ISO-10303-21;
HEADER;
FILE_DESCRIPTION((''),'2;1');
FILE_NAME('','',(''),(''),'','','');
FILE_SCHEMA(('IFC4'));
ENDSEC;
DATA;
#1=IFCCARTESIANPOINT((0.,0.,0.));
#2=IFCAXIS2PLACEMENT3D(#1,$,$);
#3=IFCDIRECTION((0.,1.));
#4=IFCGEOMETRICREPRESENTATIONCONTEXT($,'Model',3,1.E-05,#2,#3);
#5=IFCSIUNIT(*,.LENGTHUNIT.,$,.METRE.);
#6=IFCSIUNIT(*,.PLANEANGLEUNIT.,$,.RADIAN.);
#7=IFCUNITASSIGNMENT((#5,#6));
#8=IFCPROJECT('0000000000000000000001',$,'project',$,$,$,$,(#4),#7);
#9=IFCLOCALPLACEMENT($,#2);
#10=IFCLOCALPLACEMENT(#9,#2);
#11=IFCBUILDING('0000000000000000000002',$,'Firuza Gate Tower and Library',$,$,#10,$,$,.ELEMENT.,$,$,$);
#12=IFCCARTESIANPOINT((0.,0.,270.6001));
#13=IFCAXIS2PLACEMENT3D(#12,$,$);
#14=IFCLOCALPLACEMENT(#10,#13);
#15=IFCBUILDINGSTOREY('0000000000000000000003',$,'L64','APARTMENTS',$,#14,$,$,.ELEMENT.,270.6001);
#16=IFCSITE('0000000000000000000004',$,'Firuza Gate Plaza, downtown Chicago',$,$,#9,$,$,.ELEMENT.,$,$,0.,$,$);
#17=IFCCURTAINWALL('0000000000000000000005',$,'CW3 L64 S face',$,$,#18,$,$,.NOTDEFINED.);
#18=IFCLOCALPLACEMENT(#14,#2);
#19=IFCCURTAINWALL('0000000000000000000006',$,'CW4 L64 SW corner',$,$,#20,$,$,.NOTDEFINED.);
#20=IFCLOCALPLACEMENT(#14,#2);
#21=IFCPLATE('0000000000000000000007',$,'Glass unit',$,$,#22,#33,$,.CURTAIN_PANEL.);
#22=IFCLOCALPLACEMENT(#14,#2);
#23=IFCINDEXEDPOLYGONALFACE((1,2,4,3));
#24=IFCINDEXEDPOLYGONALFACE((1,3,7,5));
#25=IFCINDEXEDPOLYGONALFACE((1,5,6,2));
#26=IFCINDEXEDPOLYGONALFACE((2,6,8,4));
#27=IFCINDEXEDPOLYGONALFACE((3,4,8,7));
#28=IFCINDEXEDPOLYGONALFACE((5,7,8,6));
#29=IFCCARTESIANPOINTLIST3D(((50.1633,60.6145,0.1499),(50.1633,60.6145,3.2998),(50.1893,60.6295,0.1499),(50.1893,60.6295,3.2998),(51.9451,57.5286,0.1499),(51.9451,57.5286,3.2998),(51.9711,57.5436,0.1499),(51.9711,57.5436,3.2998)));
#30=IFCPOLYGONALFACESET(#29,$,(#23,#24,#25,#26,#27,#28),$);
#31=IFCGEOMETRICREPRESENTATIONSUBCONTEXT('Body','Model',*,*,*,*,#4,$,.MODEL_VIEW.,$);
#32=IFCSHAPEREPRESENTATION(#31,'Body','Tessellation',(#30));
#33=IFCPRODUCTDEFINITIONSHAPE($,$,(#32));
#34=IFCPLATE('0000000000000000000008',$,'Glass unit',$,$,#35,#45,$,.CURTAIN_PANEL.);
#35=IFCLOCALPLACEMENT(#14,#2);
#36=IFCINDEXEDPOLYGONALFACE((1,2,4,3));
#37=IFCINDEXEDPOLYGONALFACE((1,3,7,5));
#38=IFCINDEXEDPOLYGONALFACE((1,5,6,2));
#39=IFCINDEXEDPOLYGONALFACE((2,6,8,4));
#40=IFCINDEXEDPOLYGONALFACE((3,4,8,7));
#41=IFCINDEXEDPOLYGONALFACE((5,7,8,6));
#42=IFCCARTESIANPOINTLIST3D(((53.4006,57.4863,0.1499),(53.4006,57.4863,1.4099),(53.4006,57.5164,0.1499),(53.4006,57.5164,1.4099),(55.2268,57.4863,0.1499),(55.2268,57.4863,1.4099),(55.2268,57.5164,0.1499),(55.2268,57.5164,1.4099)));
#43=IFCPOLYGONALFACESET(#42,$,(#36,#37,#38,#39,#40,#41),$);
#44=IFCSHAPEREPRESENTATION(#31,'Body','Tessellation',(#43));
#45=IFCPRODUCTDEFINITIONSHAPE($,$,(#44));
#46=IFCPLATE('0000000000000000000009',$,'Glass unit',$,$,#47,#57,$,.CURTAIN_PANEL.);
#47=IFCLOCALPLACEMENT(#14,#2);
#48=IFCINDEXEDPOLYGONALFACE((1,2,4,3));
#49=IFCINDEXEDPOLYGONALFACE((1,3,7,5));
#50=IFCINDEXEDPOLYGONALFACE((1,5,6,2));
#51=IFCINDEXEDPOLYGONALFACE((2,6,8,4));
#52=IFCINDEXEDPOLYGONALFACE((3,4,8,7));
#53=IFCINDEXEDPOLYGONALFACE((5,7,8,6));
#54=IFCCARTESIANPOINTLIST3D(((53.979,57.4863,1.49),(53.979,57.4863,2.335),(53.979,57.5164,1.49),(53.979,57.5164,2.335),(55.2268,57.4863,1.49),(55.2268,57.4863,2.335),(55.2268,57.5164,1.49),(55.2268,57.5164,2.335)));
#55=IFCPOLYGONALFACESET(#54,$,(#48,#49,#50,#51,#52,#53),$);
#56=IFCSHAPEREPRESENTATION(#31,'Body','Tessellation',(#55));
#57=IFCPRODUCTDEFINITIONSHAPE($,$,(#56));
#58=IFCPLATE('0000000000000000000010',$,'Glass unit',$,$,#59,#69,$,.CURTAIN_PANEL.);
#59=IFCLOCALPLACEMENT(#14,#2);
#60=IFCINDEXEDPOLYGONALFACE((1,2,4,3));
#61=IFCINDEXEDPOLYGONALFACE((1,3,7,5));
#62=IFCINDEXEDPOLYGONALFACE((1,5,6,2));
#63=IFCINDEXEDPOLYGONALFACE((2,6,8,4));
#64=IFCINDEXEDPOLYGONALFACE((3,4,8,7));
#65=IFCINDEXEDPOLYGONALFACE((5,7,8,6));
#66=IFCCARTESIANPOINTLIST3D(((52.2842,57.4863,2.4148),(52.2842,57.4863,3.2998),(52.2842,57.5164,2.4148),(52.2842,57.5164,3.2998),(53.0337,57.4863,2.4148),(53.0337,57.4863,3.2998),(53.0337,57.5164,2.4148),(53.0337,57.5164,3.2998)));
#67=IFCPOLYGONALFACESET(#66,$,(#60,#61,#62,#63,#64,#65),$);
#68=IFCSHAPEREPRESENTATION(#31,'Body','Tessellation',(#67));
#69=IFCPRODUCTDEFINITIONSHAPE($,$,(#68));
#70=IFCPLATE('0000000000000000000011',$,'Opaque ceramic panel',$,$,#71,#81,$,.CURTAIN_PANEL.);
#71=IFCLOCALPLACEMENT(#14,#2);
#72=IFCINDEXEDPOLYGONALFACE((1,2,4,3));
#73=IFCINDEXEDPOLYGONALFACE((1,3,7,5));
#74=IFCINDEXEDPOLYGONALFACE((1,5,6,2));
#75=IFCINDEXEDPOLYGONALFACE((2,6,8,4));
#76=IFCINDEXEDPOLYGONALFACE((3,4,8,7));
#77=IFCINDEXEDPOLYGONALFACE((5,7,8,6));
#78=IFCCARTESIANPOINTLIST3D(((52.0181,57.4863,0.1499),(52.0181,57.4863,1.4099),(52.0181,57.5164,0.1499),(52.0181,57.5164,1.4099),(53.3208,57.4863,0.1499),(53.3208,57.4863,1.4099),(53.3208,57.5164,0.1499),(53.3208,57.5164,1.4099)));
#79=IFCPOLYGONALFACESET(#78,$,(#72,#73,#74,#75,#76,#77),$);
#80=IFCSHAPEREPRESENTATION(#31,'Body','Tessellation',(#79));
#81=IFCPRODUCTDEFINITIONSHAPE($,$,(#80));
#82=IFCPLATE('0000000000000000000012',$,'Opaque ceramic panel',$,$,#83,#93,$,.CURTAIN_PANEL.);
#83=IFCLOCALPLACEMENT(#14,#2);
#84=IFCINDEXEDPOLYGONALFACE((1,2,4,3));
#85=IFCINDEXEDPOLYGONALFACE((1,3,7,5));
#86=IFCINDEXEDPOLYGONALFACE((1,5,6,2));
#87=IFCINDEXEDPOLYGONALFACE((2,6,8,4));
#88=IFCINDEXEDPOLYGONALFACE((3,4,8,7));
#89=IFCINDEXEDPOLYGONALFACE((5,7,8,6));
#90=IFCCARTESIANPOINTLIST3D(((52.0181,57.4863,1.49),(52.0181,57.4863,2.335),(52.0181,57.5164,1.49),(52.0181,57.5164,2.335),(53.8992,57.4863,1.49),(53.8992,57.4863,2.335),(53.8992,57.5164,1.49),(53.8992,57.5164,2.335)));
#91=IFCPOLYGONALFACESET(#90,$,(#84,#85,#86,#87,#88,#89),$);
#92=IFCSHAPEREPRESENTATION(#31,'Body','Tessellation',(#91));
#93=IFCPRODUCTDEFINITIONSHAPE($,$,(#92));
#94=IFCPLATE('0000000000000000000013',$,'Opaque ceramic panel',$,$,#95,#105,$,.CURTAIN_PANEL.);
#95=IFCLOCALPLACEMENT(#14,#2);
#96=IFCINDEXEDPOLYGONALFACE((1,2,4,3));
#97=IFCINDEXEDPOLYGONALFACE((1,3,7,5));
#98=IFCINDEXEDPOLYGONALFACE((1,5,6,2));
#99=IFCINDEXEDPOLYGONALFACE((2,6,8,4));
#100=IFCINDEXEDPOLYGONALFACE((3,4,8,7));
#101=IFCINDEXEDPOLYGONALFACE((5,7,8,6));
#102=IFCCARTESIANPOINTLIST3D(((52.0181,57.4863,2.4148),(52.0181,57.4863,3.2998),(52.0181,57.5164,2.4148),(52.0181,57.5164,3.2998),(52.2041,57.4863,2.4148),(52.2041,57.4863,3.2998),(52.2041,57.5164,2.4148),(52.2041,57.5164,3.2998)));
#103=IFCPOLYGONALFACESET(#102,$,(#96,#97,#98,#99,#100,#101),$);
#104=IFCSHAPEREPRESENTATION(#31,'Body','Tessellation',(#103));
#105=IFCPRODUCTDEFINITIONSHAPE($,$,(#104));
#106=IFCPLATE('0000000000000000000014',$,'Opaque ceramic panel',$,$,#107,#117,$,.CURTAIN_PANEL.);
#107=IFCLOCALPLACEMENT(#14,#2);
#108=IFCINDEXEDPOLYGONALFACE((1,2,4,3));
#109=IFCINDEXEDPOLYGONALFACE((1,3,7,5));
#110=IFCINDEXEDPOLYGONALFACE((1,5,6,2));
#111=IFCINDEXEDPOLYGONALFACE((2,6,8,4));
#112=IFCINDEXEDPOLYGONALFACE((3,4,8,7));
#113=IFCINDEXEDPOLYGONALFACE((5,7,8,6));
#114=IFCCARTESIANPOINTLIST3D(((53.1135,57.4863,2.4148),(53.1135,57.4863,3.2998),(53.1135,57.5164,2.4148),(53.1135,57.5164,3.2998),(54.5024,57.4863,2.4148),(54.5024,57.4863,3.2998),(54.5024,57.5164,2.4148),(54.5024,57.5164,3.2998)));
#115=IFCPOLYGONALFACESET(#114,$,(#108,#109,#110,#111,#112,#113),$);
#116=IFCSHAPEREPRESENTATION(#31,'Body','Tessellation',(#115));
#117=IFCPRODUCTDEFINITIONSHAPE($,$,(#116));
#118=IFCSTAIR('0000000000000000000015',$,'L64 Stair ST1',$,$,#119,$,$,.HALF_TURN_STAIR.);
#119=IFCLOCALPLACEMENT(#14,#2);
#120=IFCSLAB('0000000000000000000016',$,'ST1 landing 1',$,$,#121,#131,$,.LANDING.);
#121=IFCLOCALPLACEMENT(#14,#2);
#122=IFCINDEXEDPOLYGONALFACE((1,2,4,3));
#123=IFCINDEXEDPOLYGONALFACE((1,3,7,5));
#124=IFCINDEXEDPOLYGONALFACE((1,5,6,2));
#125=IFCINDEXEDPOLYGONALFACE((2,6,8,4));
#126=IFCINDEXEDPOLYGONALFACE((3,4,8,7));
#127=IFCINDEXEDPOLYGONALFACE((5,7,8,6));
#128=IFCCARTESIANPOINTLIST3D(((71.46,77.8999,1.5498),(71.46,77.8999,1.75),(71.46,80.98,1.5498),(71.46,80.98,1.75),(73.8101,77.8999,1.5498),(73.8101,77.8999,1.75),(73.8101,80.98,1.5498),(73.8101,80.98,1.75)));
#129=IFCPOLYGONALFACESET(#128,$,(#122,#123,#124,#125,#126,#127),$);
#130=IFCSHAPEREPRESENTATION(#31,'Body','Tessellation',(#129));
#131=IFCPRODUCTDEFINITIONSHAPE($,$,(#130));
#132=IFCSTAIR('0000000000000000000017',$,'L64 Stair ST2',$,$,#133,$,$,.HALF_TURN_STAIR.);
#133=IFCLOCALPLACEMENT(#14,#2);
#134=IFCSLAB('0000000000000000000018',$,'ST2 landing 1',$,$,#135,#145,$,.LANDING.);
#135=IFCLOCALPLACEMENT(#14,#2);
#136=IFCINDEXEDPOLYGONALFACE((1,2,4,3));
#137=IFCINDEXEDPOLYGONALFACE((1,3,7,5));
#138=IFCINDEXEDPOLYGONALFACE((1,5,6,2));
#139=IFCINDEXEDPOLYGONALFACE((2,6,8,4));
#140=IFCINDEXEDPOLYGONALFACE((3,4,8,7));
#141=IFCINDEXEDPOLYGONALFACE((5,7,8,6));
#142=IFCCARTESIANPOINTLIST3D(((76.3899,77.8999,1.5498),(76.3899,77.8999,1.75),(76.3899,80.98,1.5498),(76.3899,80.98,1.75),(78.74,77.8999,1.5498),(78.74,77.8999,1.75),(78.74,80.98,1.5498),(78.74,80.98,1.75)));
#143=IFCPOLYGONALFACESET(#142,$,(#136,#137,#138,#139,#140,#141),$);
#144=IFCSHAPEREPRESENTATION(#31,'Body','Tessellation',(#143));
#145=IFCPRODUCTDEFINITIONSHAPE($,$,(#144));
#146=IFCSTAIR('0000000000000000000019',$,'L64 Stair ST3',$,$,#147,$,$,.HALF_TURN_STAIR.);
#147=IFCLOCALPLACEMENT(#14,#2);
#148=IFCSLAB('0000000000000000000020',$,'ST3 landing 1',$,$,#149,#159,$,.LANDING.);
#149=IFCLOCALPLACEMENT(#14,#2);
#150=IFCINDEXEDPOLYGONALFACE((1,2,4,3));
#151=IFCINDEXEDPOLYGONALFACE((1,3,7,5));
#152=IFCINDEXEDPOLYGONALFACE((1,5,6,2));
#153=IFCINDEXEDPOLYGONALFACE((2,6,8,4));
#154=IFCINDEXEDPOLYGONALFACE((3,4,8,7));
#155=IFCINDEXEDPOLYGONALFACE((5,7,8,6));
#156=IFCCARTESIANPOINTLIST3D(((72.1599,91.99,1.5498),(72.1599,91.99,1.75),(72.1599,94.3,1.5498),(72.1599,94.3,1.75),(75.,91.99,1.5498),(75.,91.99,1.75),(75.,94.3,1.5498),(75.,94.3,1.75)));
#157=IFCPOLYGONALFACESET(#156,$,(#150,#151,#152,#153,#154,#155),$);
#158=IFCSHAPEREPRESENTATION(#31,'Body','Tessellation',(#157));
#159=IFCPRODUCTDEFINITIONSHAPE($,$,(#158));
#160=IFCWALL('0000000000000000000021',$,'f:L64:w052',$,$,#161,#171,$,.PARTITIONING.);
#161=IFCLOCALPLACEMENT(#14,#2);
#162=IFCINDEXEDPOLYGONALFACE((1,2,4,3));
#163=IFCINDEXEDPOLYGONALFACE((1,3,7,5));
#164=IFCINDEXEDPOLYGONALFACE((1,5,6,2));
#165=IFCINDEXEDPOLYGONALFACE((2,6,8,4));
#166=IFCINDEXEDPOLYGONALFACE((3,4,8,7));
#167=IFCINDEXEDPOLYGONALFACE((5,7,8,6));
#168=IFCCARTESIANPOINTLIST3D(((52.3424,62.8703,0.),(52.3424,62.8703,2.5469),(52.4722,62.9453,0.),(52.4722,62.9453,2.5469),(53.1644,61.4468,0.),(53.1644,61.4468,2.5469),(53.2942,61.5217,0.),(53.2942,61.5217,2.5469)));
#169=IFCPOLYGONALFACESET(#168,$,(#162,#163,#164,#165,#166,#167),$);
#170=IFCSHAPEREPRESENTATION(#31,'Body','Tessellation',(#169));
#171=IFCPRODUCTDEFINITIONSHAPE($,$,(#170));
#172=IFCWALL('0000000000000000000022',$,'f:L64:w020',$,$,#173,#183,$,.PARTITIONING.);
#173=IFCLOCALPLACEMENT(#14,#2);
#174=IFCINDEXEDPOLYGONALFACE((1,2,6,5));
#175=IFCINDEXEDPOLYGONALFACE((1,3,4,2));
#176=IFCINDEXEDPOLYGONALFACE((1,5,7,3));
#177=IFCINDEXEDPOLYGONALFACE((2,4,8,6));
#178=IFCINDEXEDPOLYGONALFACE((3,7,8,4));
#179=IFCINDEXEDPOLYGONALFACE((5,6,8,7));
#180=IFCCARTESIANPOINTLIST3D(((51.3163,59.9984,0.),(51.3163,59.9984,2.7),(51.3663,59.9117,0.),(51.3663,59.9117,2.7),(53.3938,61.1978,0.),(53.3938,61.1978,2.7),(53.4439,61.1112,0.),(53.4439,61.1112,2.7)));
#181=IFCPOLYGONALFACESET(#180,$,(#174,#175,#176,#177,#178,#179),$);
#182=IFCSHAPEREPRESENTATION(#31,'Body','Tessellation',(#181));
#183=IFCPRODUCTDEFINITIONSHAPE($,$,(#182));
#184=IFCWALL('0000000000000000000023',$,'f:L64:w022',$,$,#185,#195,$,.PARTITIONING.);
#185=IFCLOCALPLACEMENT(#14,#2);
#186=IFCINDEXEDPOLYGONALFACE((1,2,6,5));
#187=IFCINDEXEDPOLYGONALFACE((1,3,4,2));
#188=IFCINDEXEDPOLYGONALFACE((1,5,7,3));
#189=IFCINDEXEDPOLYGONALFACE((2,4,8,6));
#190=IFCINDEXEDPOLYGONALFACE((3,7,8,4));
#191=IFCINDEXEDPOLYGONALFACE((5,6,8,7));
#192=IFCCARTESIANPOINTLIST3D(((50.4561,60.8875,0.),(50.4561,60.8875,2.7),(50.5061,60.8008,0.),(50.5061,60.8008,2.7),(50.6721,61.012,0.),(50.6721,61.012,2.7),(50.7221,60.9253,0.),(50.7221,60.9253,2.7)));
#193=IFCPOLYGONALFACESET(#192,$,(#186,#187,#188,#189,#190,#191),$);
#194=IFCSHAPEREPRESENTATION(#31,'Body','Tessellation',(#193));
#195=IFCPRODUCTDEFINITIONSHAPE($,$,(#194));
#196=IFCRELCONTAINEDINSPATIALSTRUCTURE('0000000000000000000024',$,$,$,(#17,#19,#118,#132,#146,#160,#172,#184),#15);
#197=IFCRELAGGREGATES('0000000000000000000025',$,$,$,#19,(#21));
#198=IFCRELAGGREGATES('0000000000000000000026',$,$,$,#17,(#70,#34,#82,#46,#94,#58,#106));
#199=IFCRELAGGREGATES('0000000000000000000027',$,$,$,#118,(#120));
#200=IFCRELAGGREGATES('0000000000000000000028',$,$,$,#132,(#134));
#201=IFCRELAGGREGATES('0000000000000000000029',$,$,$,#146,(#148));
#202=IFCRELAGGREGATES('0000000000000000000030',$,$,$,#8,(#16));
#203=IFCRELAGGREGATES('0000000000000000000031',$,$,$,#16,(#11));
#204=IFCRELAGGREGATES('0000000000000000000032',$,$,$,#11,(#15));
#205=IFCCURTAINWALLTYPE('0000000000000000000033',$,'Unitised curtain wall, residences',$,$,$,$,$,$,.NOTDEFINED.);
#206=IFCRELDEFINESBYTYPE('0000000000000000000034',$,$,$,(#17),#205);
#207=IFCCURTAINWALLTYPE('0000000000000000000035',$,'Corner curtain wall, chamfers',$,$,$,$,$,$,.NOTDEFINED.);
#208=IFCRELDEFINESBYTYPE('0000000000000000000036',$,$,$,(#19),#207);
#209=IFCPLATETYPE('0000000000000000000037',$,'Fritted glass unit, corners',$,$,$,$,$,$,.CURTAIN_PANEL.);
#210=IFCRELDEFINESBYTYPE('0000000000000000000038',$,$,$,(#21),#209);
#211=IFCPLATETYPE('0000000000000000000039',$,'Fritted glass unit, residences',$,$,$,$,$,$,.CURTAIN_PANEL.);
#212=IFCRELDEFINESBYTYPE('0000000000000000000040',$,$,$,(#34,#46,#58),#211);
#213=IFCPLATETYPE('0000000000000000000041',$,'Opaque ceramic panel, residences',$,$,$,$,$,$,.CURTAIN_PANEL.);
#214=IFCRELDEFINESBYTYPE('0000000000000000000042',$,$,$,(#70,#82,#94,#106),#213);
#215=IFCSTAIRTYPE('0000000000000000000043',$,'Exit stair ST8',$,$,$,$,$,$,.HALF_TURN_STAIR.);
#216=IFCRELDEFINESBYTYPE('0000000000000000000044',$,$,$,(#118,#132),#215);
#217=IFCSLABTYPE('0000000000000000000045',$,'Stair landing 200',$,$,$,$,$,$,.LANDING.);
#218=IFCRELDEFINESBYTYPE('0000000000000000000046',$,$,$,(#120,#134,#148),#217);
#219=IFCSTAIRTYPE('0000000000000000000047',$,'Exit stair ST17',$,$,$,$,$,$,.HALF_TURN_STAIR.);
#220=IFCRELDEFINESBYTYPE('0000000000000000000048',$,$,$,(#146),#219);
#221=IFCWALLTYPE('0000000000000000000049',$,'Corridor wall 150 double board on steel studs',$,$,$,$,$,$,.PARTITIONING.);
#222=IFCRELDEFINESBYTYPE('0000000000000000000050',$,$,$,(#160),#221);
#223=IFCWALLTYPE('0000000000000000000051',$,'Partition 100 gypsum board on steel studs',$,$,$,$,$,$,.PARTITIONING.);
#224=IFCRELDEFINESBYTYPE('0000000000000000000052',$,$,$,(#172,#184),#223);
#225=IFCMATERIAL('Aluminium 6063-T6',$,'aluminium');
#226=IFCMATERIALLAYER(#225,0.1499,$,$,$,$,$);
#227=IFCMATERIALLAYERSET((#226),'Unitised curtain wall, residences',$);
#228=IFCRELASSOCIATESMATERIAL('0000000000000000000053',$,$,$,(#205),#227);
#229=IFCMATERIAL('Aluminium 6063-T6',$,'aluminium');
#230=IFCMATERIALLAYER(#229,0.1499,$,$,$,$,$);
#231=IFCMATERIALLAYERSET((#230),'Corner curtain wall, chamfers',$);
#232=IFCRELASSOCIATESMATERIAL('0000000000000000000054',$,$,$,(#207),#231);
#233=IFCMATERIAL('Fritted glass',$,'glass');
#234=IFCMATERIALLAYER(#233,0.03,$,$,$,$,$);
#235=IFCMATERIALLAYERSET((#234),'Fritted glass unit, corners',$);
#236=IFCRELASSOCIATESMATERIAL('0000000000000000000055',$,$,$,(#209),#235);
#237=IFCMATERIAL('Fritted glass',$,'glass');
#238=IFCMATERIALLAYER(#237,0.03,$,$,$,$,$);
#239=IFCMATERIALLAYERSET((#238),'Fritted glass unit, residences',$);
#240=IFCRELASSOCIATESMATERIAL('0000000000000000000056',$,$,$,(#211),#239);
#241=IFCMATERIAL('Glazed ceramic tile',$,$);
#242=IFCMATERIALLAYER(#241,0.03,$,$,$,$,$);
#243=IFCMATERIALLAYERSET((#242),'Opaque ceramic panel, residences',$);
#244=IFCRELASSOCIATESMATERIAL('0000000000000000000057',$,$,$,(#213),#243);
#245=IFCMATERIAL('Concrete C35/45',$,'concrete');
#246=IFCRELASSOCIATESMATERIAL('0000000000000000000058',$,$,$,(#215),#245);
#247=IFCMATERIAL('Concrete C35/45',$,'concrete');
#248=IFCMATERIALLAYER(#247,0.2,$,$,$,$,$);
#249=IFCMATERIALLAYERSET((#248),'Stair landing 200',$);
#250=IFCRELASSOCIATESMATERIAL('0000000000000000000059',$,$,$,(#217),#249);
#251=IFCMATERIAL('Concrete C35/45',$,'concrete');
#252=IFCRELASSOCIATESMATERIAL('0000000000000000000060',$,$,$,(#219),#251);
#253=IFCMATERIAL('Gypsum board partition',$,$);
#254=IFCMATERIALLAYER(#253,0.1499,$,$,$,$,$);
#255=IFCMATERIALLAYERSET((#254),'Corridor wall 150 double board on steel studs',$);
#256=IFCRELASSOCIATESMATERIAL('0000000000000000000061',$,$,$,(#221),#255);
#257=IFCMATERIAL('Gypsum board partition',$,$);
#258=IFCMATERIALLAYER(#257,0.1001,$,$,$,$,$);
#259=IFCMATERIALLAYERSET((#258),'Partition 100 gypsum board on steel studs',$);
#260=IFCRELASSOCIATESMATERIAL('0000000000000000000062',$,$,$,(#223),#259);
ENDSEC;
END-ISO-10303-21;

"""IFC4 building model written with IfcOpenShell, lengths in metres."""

from ifc_helpers import new_model, si_unit, direction, frame, frame_2d, origin, place, context, subcontext, project, spatial, polyline, rectangle, outline, extrude, material, layer, layer_set, type_object, element, aggregate, save


model = new_model("IFC4")

# Units and contexts
model_context = context("Model", 3, precision=1e-05, world=origin(), true_north=direction((0.0, 1.0)))
body_context = subcontext(model_context, "Body", "Model", "MODEL_VIEW")
ifc_project = project(units=[si_unit("LENGTHUNIT", "METRE"), si_unit("PLANEANGLEUNIT", "RADIAN")], contexts=[model_context])

# Site, building, storey
site_placement = place(None, origin())
site = spatial("IfcSite", under=ifc_project, at=site_placement, Name="Firuza Gate Plaza, downtown Chicago", CompositionType="ELEMENT", RefElevation=0.0)
building_placement = place(site_placement, origin())
building = spatial("IfcBuilding", under=site, at=building_placement, Name="Firuza Gate Tower and Library", CompositionType="ELEMENT")
storey_placement = place(building_placement, frame((0.0, 0.0, 270.6001)))
storey = spatial("IfcBuildingStorey", under=building, at=storey_placement, Name="L64", Description="APARTMENTS", CompositionType="ELEMENT", Elevation=270.6001)

# Curtain walls
ifc_material_1 = material(Name="Aluminium 6063-T6", Category="aluminium")
ifc_layer_1 = layer(ifc_material_1, 0.1499)
ifc_layer_set_1 = layer_set([ifc_layer_1], Name="Unitised curtain wall, residences")
curtain_wall_type_1 = type_object("IfcCurtainWallType", Name="Unitised curtain wall, residences", PredefinedType="NOTDEFINED", material=ifc_layer_set_1)
placement_1 = place(storey_placement, origin())
curtain_wall_1 = element("IfcCurtainWall", 1, at=placement_1, inside=storey, type_object=curtain_wall_type_1, Name="CW3 L64 S face", PredefinedType="NOTDEFINED")
ifc_material_2 = material(Name="Aluminium 6063-T6", Category="aluminium")
ifc_layer_2 = layer(ifc_material_2, 0.1499)
ifc_layer_set_2 = layer_set([ifc_layer_2], Name="Corner curtain wall, chamfers")
curtain_wall_type_2 = type_object("IfcCurtainWallType", Name="Corner curtain wall, chamfers", PredefinedType="NOTDEFINED", material=ifc_layer_set_2)
curtain_wall_2 = element("IfcCurtainWall", 2, at=placement_1, inside=storey, type_object=curtain_wall_type_2, Name="CW4 L64 SW corner", PredefinedType="NOTDEFINED")

# Plates
ifc_material_3 = material(Name="Fritted glass", Category="glass")
ifc_layer_3 = layer(ifc_material_3, 0.03)
ifc_layer_set_3 = layer_set([ifc_layer_3], Name="Fritted glass unit, corners")
plate_type_1 = type_object("IfcPlateType", Name="Fritted glass unit, corners", PredefinedType="CURTAIN_PANEL", material=ifc_layer_set_3)
plate_1_placement = place(storey_placement, frame((50.1633, 60.6145, 0.1499), z_axis=(-0.866017, -0.500015, 0.0), x_axis=(0.500015, -0.866017, 0.0)))
plate_1 = element("IfcPlate", 3, at=plate_1_placement, type_object=plate_type_1, Name="Glass unit", PredefinedType="CURTAIN_PANEL", context=body_context, shape_type="SweptSolid", body=[
    extrude(outline(polyline([(0.0, 0.0), (3.5634, 0.0), (3.5634, 3.1499), (0.0, 3.1499), (0.0, 0.0)])), origin(), (0.0, 0.0, -1.0), 0.03),
])
aggregate(curtain_wall_2, [plate_1])
ifc_material_4 = material(Name="Fritted glass", Category="glass")
ifc_layer_4 = layer(ifc_material_4, 0.03)
ifc_layer_set_4 = layer_set([ifc_layer_4], Name="Fritted glass unit, residences")
plate_type_2 = type_object("IfcPlateType", Name="Fritted glass unit, residences", PredefinedType="CURTAIN_PANEL", material=ifc_layer_set_4)
plate_2_placement = place(storey_placement, frame((53.4006, 57.4863, 0.1499), z_axis=(0.0, -1.0, 0.0), x_axis=(1.0, 0.0, 0.0)))
plate_2 = element("IfcPlate", 4, at=plate_2_placement, type_object=plate_type_2, Name="Glass unit", PredefinedType="CURTAIN_PANEL", context=body_context, shape_type="SweptSolid", body=[
    extrude(outline(polyline([(0.0, 0.0), (1.8262, 0.0), (1.8262, 1.26), (0.0, 1.26), (0.0, 0.0)])), origin(), (0.0, 0.0, -1.0), 0.03),
])
plate_3_placement = place(storey_placement, frame((53.979, 57.4863, 1.49), z_axis=(0.0, -1.0, 0.0), x_axis=(1.0, 0.0, 0.0)))
plate_3 = element("IfcPlate", 5, at=plate_3_placement, type_object=plate_type_2, Name="Glass unit", PredefinedType="CURTAIN_PANEL", context=body_context, shape_type="SweptSolid", body=[
    extrude(outline(polyline([(0.0, 0.0), (1.2478, 0.0), (1.2478, 0.845), (0.0, 0.845), (0.0, 0.0)])), origin(), (0.0, 0.0, -1.0), 0.03),
])
plate_4_placement = place(storey_placement, frame((52.2842, 57.4863, 2.4148), z_axis=(0.0, -1.0, 0.0), x_axis=(1.0, 0.0, 0.0)))
plate_4 = element("IfcPlate", 6, at=plate_4_placement, type_object=plate_type_2, Name="Glass unit", PredefinedType="CURTAIN_PANEL", context=body_context, shape_type="SweptSolid", body=[
    extrude(outline(polyline([(0.0, 0.0), (0.7495, 0.0), (0.7495, 0.885), (0.0, 0.885), (0.0, 0.0)])), origin(), (0.0, 0.0, -1.0), 0.03),
])
ifc_material_5 = material(Name="Glazed ceramic tile")
ifc_layer_5 = layer(ifc_material_5, 0.03)
ifc_layer_set_5 = layer_set([ifc_layer_5], Name="Opaque ceramic panel, residences")
plate_type_3 = type_object("IfcPlateType", Name="Opaque ceramic panel, residences", PredefinedType="CURTAIN_PANEL", material=ifc_layer_set_5)
plate_5_placement = place(storey_placement, frame((52.0181, 57.4863, 0.1499), z_axis=(0.0, -1.0, 0.0), x_axis=(1.0, 0.0, 0.0)))
plate_5 = element("IfcPlate", 7, at=plate_5_placement, type_object=plate_type_3, Name="Opaque ceramic panel", PredefinedType="CURTAIN_PANEL", context=body_context, shape_type="SweptSolid", body=[
    extrude(outline(polyline([(0.0, 0.0), (1.3027, 0.0), (1.3027, 1.26), (0.0, 1.26), (0.0, 0.0)])), origin(), (0.0, 0.0, -1.0), 0.03),
])
plate_6_placement = place(storey_placement, frame((52.0181, 57.4863, 1.49), z_axis=(0.0, -1.0, 0.0), x_axis=(1.0, 0.0, 0.0)))
plate_6 = element("IfcPlate", 8, at=plate_6_placement, type_object=plate_type_3, Name="Opaque ceramic panel", PredefinedType="CURTAIN_PANEL", context=body_context, shape_type="SweptSolid", body=[
    extrude(outline(polyline([(0.0, 0.0), (1.8811, 0.0), (1.8811, 0.845), (0.0, 0.845), (0.0, 0.0)])), origin(), (0.0, 0.0, -1.0), 0.03),
])
plate_7_placement = place(storey_placement, frame((52.0181, 57.4863, 2.4148), z_axis=(0.0, -1.0, 0.0), x_axis=(1.0, 0.0, 0.0)))
plate_7 = element("IfcPlate", 9, at=plate_7_placement, type_object=plate_type_3, Name="Opaque ceramic panel", PredefinedType="CURTAIN_PANEL", context=body_context, shape_type="SweptSolid", body=[
    extrude(outline(polyline([(0.0, 0.0), (0.186, 0.0), (0.186, 0.885), (0.0, 0.885), (0.0, 0.0)])), origin(), (0.0, 0.0, -1.0), 0.03),
])
plate_8_placement = place(storey_placement, frame((53.1135, 57.4863, 2.4148), z_axis=(0.0, -1.0, 0.0), x_axis=(1.0, 0.0, 0.0)))
plate_8 = element("IfcPlate", 10, at=plate_8_placement, type_object=plate_type_3, Name="Opaque ceramic panel", PredefinedType="CURTAIN_PANEL", context=body_context, shape_type="SweptSolid", body=[
    extrude(outline(polyline([(0.0, 0.0), (1.3889, 0.0), (1.3889, 0.885), (0.0, 0.885), (0.0, 0.0)])), origin(), (0.0, 0.0, -1.0), 0.03),
])
aggregate(curtain_wall_1, [plate_5, plate_2, plate_6, plate_3, plate_7, plate_4, plate_8])

# Stairs, slabs
ifc_material_6 = material(Name="Concrete C35/45", Category="concrete")
stair_type_1 = type_object("IfcStairType", Name="Exit stair ST8", PredefinedType="HALF_TURN_STAIR", material=ifc_material_6)
stair_1 = element("IfcStair", 11, at=placement_1, inside=storey, type_object=stair_type_1, Name="L64 Stair ST1", PredefinedType="HALF_TURN_STAIR")
ifc_material_7 = material(Name="Concrete C35/45", Category="concrete")
ifc_layer_6 = layer(ifc_material_7, 0.2)
ifc_layer_set_6 = layer_set([ifc_layer_6], Name="Stair landing 200")
slab_type_1 = type_object("IfcSlabType", Name="Stair landing 200", PredefinedType="LANDING", material=ifc_layer_set_6)
placement_2 = place(storey_placement, frame((0.0, 0.0, 1.5498)))
slab_1 = element("IfcSlab", 12, at=placement_2, type_object=slab_type_1, Name="ST1 landing 1", PredefinedType="LANDING", context=body_context, shape_type="SweptSolid", body=[
    extrude(outline(polyline([(71.46, 77.8999), (73.8101, 77.8999), (73.8101, 80.98), (71.46, 80.98), (71.46, 77.8999)])), origin(), (0.0, 0.0, 1.0), 0.2002),
])
aggregate(stair_1, [slab_1])
stair_2 = element("IfcStair", 13, at=placement_1, inside=storey, type_object=stair_type_1, Name="L64 Stair ST2", PredefinedType="HALF_TURN_STAIR")
slab_2 = element("IfcSlab", 14, at=placement_2, type_object=slab_type_1, Name="ST2 landing 1", PredefinedType="LANDING", context=body_context, shape_type="SweptSolid", body=[
    extrude(outline(polyline([(78.74, 80.98), (76.3899, 80.98), (76.3899, 77.8999), (78.74, 77.8999), (78.74, 80.98)])), origin(), (0.0, 0.0, 1.0), 0.2002),
])
aggregate(stair_2, [slab_2])
ifc_material_8 = material(Name="Concrete C35/45", Category="concrete")
stair_type_2 = type_object("IfcStairType", Name="Exit stair ST17", PredefinedType="HALF_TURN_STAIR", material=ifc_material_8)
stair_3 = element("IfcStair", 15, at=placement_1, inside=storey, type_object=stair_type_2, Name="L64 Stair ST3", PredefinedType="HALF_TURN_STAIR")
slab_3 = element("IfcSlab", 16, at=placement_2, type_object=slab_type_1, Name="ST3 landing 1", PredefinedType="LANDING", context=body_context, shape_type="SweptSolid", body=[
    extrude(outline(polyline([(75.0, 91.99), (75.0, 94.3), (72.1599, 94.3), (72.1599, 91.99), (75.0, 91.99)])), origin(), (0.0, 0.0, 1.0), 0.2002),
])
aggregate(stair_3, [slab_3])

# Walls
ifc_material_9 = material(Name="Gypsum board partition")
ifc_layer_7 = layer(ifc_material_9, 0.1499)
ifc_layer_set_7 = layer_set([ifc_layer_7], Name="Corridor wall 150 double board on steel studs")
wall_type_1 = type_object("IfcWallType", Name="Corridor wall 150 double board on steel studs", PredefinedType="PARTITIONING", material=ifc_layer_set_7)
wall_1_placement = place(storey_placement, frame((53.2292, 61.4844, 0.0), z_axis=(0.0, 0.0, 1.0), x_axis=(-0.500052, 0.865995, 0.0)))
element("IfcWall", 17, at=wall_1_placement, inside=storey, type_object=wall_type_1, Name="f:L64:w052", PredefinedType="PARTITIONING", context=body_context, shape_type="SweptSolid", body=[
    extrude(rectangle(XDim=1.6438, YDim=0.1499, at=frame_2d((0.8218, 0.0))), origin(), (0.0, 0.0, 1.0), 2.5469),
])
ifc_material_10 = material(Name="Gypsum board partition")
ifc_layer_8 = layer(ifc_material_10, 0.1001)
ifc_layer_set_8 = layer_set([ifc_layer_8], Name="Partition 100 gypsum board on steel studs")
wall_type_2 = type_object("IfcWallType", Name="Partition 100 gypsum board on steel studs", PredefinedType="PARTITIONING", material=ifc_layer_set_8)
wall_2_placement = place(storey_placement, frame((51.3413, 59.9551, 0.0), z_axis=(0.0, 0.0, 1.0), x_axis=(0.866036, 0.499981, 0.0)))
element("IfcWall", 18, at=wall_2_placement, inside=storey, type_object=wall_type_2, Name="f:L64:w020", PredefinedType="PARTITIONING", context=body_context, shape_type="SweptSolid", body=[
    extrude(rectangle(XDim=2.3989, YDim=0.1001, at=frame_2d((1.1995, 0.0))), origin(), (0.0, 0.0, 1.0), 2.7),
])
wall_3_placement = place(storey_placement, frame((50.4812, 60.8442, 0.0), z_axis=(0.0, 0.0, 1.0), x_axis=(0.86643, 0.499299, 0.0)))
element("IfcWall", 19, at=wall_3_placement, inside=storey, type_object=wall_type_2, Name="f:L64:w022", PredefinedType="PARTITIONING", context=body_context, shape_type="SweptSolid", body=[
    extrude(rectangle(XDim=0.2493, YDim=0.1001, at=frame_2d((0.1245, 0.0))), origin(), (0.0, 0.0, 1.0), 2.7),
])

save(model, "model.ifc")
